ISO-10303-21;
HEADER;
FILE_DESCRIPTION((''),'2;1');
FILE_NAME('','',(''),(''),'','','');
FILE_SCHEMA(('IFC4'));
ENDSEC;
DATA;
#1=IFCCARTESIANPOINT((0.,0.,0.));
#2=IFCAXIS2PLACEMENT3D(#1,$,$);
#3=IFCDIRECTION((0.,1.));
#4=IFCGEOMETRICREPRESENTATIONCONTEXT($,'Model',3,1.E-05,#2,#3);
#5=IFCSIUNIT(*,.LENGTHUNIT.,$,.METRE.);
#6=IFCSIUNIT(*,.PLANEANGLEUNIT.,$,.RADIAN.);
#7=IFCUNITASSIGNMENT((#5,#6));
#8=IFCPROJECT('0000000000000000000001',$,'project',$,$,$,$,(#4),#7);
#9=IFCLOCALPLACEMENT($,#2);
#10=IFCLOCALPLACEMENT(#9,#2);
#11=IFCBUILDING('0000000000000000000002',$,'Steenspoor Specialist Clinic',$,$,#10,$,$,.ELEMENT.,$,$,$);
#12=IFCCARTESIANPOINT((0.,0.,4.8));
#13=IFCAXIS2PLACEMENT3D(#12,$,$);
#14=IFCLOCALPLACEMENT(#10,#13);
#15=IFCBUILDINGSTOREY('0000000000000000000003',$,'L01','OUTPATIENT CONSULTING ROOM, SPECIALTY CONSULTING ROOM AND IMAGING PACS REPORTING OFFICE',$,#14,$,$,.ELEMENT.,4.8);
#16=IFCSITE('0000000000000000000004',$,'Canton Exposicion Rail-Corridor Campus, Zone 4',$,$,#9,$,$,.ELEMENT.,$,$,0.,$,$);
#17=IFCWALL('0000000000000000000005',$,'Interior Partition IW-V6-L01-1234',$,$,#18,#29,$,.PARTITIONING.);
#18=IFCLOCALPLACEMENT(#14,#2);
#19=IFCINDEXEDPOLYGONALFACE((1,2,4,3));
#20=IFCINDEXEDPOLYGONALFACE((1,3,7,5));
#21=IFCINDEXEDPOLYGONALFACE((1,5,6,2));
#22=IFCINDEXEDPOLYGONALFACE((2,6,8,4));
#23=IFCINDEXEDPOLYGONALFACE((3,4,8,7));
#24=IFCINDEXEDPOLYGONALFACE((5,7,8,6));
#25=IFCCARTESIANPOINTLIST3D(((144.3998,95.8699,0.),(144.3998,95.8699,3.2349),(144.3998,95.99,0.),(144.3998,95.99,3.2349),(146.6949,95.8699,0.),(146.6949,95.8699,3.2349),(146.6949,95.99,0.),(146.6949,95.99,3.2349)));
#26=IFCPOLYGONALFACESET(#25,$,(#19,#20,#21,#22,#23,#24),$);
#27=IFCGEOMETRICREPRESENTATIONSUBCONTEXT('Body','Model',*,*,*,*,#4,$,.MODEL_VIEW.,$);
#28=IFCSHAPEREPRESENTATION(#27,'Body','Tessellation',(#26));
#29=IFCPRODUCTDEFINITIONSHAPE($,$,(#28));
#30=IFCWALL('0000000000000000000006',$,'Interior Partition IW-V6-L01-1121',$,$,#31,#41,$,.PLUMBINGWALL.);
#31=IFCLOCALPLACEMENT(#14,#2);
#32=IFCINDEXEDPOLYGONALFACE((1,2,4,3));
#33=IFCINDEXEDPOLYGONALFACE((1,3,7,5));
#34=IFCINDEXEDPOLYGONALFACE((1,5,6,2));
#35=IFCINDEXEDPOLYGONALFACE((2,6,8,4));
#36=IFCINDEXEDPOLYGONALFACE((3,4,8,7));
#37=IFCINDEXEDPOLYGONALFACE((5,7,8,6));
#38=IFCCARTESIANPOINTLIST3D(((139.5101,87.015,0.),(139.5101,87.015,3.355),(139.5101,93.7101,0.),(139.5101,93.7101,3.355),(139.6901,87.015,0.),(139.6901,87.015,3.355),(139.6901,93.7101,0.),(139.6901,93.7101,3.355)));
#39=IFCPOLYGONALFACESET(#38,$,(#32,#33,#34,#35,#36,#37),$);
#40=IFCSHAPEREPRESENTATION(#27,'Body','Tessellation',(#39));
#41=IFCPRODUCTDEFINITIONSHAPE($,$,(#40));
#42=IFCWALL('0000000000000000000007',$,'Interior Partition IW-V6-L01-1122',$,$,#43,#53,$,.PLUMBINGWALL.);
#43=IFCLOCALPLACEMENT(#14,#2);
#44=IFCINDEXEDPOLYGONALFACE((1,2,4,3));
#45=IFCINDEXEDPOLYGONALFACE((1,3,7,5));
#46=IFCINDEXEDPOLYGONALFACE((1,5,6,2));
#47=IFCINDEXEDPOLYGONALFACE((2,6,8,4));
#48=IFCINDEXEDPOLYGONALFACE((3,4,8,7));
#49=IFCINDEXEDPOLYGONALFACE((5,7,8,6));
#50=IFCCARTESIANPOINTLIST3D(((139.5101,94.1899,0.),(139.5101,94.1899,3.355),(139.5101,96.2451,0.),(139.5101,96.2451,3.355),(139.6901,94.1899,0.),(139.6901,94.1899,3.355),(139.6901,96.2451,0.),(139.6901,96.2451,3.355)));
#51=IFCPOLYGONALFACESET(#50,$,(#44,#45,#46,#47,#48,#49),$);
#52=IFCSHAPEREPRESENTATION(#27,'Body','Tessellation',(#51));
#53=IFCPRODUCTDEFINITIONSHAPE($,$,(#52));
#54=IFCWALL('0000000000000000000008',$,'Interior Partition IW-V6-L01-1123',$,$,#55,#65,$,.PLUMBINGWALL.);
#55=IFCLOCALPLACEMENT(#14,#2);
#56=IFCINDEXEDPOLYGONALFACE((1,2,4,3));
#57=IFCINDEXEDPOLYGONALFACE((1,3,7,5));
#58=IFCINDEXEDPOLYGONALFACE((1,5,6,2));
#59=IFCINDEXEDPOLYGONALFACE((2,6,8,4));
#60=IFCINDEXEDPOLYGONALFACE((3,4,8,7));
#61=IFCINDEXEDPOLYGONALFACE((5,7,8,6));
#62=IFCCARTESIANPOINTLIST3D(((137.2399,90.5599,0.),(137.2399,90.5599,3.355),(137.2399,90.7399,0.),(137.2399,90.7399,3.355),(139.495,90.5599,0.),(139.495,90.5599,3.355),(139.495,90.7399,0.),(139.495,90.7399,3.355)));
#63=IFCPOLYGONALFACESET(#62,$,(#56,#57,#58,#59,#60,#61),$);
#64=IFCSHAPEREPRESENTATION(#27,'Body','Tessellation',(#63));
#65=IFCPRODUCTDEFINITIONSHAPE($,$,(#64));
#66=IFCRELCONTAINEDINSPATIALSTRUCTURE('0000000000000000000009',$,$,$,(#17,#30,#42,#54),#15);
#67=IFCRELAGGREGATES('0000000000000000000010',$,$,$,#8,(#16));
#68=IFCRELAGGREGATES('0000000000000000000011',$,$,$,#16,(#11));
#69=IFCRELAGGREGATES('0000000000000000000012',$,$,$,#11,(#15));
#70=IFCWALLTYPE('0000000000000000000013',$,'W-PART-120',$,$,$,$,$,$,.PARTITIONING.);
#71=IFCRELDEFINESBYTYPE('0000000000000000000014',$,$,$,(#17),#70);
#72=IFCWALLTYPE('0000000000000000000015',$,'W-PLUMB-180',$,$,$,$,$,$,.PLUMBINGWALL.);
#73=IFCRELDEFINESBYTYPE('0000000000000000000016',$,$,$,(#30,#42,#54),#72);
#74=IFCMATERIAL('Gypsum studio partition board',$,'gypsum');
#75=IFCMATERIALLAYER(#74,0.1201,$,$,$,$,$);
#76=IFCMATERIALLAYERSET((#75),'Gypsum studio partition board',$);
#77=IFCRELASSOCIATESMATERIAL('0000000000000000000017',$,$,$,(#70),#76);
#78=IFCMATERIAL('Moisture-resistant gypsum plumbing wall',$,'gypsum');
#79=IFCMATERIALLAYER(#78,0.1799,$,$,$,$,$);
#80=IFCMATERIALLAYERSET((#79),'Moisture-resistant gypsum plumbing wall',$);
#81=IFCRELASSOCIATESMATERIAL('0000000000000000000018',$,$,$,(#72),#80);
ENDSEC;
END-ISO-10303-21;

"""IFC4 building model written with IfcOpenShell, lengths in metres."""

from ifc_helpers import new_model, si_unit, direction, frame, frame_2d, origin, place, context, subcontext, project, spatial, rectangle, extrude, material, layer, layer_set, type_object, element, save


model = new_model("IFC4")

# Units and contexts
model_context = context("Model", 3, precision=1e-05, world=origin(), true_north=direction((0.0, 1.0)))
body_context = subcontext(model_context, "Body", "Model", "MODEL_VIEW")
ifc_project = project(units=[si_unit("LENGTHUNIT", "METRE"), si_unit("PLANEANGLEUNIT", "RADIAN")], contexts=[model_context])

# Site, building, storey
site_placement = place(None, origin())
site = spatial("IfcSite", under=ifc_project, at=site_placement, Name="Canton Exposicion Rail-Corridor Campus, Zone 4", CompositionType="ELEMENT", RefElevation=0.0)
building_placement = place(site_placement, origin())
building = spatial("IfcBuilding", under=site, at=building_placement, Name="Steenspoor Specialist Clinic", CompositionType="ELEMENT")
storey_placement = place(building_placement, frame((0.0, 0.0, 4.8)))
storey = spatial("IfcBuildingStorey", under=building, at=storey_placement, Name="L01", Description="OUTPATIENT CONSULTING ROOM, SPECIALTY CONSULTING ROOM AND IMAGING PACS REPORTING OFFICE", CompositionType="ELEMENT", Elevation=4.8)

# Shared definitions
ifc_material_1 = material(Name="Gypsum studio partition board", Category="gypsum")
ifc_layer_1 = layer(ifc_material_1, 0.1201)
ifc_layer_set_1 = layer_set([ifc_layer_1], Name="Gypsum studio partition board")
wall_type_1 = type_object("IfcWallType", Name="W-PART-120", PredefinedType="PARTITIONING", material=ifc_layer_set_1)

# Walls
wall_1_placement = place(storey_placement, frame((144.3999, 95.9299, 0.0), z_axis=(0.0, 0.0, 1.0), x_axis=(1.0, 0.0, 0.0)))
element("IfcWall", 1, at=wall_1_placement, inside=storey, type_object=wall_type_1, Name="Interior Partition IW-V6-L01-1234", PredefinedType="PARTITIONING", context=body_context, shape_type="SweptSolid", body=[
    extrude(rectangle(XDim=2.2952, YDim=0.1201, at=frame_2d((1.1475, 0.0))), origin(), (0.0, 0.0, 1.0), 3.2349),
])
ifc_material_2 = material(Name="Moisture-resistant gypsum plumbing wall", Category="gypsum")
ifc_layer_2 = layer(ifc_material_2, 0.1799)
ifc_layer_set_2 = layer_set([ifc_layer_2], Name="Moisture-resistant gypsum plumbing wall")
wall_type_2 = type_object("IfcWallType", Name="W-PLUMB-180", PredefinedType="PLUMBINGWALL", material=ifc_layer_set_2)
wall_2_placement = place(storey_placement, frame((139.6001, 87.0149, 0.0), z_axis=(0.0, 0.0, 1.0), x_axis=(0.0, 1.0, 0.0)))
element("IfcWall", 2, at=wall_2_placement, inside=storey, type_object=wall_type_2, Name="Interior Partition IW-V6-L01-1121", PredefinedType="PLUMBINGWALL", context=body_context, shape_type="SweptSolid", body=[
    extrude(rectangle(XDim=6.6951, YDim=0.1799, at=frame_2d((3.3477, 0.0))), origin(), (0.0, 0.0, 1.0), 3.355),
])
wall_3_placement = place(storey_placement, frame((139.6001, 94.1899, 0.0), z_axis=(0.0, 0.0, 1.0), x_axis=(0.0, 1.0, 0.0)))
element("IfcWall", 3, at=wall_3_placement, inside=storey, type_object=wall_type_2, Name="Interior Partition IW-V6-L01-1122", PredefinedType="PLUMBINGWALL", context=body_context, shape_type="SweptSolid", body=[
    extrude(rectangle(XDim=2.0552, YDim=0.1799, at=frame_2d((1.0276, 0.0))), origin(), (0.0, 0.0, 1.0), 3.355),
])
wall_4_placement = place(storey_placement, frame((137.24, 90.6499, 0.0), z_axis=(0.0, 0.0, 1.0), x_axis=(1.0, 0.0, 0.0)))
element("IfcWall", 4, at=wall_4_placement, inside=storey, type_object=wall_type_2, Name="Interior Partition IW-V6-L01-1123", PredefinedType="PLUMBINGWALL", context=body_context, shape_type="SweptSolid", body=[
    extrude(rectangle(XDim=2.2551, YDim=0.1799, at=frame_2d((1.1274, 0.0))), origin(), (0.0, 0.0, 1.0), 3.355),
])

save(model, "model.ifc")
